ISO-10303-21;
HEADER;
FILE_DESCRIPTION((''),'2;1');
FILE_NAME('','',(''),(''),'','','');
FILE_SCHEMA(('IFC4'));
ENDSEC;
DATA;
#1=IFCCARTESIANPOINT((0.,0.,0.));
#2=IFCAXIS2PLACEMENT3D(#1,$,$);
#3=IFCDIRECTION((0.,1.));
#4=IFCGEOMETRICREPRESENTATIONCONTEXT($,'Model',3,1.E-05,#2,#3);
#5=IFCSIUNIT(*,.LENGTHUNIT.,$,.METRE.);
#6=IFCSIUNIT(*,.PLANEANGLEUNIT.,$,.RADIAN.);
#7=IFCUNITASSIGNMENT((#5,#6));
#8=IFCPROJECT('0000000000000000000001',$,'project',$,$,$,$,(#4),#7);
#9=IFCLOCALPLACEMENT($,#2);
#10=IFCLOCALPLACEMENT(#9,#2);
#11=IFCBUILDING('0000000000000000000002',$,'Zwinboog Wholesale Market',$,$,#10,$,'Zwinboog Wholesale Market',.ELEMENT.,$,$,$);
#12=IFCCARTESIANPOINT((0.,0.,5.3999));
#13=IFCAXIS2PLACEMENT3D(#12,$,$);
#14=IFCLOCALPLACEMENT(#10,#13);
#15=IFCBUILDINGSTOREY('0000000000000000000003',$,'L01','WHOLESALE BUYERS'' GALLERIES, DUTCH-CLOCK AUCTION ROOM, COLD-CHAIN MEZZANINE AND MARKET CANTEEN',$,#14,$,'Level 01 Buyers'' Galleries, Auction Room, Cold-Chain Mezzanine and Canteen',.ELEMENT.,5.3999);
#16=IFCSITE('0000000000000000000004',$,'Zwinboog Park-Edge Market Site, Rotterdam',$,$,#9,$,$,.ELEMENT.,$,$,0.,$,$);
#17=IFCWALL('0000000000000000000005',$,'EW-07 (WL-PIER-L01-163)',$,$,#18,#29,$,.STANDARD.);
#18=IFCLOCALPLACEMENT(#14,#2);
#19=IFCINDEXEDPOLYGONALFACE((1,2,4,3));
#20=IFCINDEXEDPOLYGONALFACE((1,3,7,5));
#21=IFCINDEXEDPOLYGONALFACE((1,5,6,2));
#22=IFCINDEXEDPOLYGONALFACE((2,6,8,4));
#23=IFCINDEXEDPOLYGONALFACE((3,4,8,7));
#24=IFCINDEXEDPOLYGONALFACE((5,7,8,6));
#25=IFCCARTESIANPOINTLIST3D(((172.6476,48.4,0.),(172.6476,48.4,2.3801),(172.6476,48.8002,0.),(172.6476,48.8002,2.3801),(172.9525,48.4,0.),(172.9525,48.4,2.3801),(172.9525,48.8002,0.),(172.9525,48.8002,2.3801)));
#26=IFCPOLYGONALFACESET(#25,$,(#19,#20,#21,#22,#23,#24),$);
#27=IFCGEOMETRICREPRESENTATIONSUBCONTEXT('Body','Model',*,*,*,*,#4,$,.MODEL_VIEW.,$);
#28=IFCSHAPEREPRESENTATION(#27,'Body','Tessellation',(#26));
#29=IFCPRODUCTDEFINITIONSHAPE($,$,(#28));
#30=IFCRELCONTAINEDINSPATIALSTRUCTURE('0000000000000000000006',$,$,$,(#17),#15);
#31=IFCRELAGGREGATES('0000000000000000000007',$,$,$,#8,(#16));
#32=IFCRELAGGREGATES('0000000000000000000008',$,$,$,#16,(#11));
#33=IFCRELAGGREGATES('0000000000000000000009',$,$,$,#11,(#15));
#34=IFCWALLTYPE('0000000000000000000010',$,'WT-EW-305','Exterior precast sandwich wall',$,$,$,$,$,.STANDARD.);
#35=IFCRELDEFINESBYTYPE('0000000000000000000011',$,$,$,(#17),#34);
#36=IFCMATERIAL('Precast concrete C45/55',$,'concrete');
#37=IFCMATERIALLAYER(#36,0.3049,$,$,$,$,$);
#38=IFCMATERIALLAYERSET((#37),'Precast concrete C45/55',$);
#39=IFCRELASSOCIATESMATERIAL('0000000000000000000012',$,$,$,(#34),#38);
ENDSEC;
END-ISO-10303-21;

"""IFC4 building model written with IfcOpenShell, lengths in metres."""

from ifc_helpers import new_model, si_unit, direction, frame, frame_2d, origin, place, context, subcontext, project, spatial, rectangle, extrude, material, layer, layer_set, type_object, element, save


model = new_model("IFC4")

# Units and contexts
model_context = context("Model", 3, precision=1e-05, world=origin(), true_north=direction((0.0, 1.0)))
body_context = subcontext(model_context, "Body", "Model", "MODEL_VIEW")
ifc_project = project(units=[si_unit("LENGTHUNIT", "METRE"), si_unit("PLANEANGLEUNIT", "RADIAN")], contexts=[model_context])

# Site, building, storey
site_placement = place(None, origin())
site = spatial("IfcSite", under=ifc_project, at=site_placement, Name="Zwinboog Park-Edge Market Site, Rotterdam", CompositionType="ELEMENT", RefElevation=0.0)
building_placement = place(site_placement, origin())
building = spatial("IfcBuilding", under=site, at=building_placement, Name="Zwinboog Wholesale Market", LongName="Zwinboog Wholesale Market", CompositionType="ELEMENT")
storey_placement = place(building_placement, frame((0.0, 0.0, 5.3999)))
storey = spatial("IfcBuildingStorey", under=building, at=storey_placement, Name="L01", Description="WHOLESALE BUYERS' GALLERIES, DUTCH-CLOCK AUCTION ROOM, COLD-CHAIN MEZZANINE AND MARKET CANTEEN", LongName="Level 01 Buyers' Galleries, Auction Room, Cold-Chain Mezzanine and Canteen", CompositionType="ELEMENT", Elevation=5.3999)

# Shared definitions
ifc_material_1 = material(Name="Precast concrete C45/55", Category="concrete")

# Wall
ifc_layer_1 = layer(ifc_material_1, 0.3049)
ifc_layer_set_1 = layer_set([ifc_layer_1], Name="Precast concrete C45/55")
wall_type_1 = type_object("IfcWallType", Name="WT-EW-305", Description="Exterior precast sandwich wall", PredefinedType="STANDARD", material=ifc_layer_set_1)
wall_1_placement = place(storey_placement, frame((172.8, 48.3999, 0.0), z_axis=(0.0, 0.0, 1.0), x_axis=(0.0, 1.0, 0.0)))
element("IfcWall", 1, at=wall_1_placement, inside=storey, type_object=wall_type_1, Name="EW-07 (WL-PIER-L01-163)", PredefinedType="STANDARD", context=body_context, shape_type="SweptSolid", body=[
    extrude(rectangle(XDim=0.4001, YDim=0.3049, at=frame_2d((0.2002, 0.0))), origin(), (0.0, 0.0, 1.0), 2.3801),
])

save(model, "model.ifc")
